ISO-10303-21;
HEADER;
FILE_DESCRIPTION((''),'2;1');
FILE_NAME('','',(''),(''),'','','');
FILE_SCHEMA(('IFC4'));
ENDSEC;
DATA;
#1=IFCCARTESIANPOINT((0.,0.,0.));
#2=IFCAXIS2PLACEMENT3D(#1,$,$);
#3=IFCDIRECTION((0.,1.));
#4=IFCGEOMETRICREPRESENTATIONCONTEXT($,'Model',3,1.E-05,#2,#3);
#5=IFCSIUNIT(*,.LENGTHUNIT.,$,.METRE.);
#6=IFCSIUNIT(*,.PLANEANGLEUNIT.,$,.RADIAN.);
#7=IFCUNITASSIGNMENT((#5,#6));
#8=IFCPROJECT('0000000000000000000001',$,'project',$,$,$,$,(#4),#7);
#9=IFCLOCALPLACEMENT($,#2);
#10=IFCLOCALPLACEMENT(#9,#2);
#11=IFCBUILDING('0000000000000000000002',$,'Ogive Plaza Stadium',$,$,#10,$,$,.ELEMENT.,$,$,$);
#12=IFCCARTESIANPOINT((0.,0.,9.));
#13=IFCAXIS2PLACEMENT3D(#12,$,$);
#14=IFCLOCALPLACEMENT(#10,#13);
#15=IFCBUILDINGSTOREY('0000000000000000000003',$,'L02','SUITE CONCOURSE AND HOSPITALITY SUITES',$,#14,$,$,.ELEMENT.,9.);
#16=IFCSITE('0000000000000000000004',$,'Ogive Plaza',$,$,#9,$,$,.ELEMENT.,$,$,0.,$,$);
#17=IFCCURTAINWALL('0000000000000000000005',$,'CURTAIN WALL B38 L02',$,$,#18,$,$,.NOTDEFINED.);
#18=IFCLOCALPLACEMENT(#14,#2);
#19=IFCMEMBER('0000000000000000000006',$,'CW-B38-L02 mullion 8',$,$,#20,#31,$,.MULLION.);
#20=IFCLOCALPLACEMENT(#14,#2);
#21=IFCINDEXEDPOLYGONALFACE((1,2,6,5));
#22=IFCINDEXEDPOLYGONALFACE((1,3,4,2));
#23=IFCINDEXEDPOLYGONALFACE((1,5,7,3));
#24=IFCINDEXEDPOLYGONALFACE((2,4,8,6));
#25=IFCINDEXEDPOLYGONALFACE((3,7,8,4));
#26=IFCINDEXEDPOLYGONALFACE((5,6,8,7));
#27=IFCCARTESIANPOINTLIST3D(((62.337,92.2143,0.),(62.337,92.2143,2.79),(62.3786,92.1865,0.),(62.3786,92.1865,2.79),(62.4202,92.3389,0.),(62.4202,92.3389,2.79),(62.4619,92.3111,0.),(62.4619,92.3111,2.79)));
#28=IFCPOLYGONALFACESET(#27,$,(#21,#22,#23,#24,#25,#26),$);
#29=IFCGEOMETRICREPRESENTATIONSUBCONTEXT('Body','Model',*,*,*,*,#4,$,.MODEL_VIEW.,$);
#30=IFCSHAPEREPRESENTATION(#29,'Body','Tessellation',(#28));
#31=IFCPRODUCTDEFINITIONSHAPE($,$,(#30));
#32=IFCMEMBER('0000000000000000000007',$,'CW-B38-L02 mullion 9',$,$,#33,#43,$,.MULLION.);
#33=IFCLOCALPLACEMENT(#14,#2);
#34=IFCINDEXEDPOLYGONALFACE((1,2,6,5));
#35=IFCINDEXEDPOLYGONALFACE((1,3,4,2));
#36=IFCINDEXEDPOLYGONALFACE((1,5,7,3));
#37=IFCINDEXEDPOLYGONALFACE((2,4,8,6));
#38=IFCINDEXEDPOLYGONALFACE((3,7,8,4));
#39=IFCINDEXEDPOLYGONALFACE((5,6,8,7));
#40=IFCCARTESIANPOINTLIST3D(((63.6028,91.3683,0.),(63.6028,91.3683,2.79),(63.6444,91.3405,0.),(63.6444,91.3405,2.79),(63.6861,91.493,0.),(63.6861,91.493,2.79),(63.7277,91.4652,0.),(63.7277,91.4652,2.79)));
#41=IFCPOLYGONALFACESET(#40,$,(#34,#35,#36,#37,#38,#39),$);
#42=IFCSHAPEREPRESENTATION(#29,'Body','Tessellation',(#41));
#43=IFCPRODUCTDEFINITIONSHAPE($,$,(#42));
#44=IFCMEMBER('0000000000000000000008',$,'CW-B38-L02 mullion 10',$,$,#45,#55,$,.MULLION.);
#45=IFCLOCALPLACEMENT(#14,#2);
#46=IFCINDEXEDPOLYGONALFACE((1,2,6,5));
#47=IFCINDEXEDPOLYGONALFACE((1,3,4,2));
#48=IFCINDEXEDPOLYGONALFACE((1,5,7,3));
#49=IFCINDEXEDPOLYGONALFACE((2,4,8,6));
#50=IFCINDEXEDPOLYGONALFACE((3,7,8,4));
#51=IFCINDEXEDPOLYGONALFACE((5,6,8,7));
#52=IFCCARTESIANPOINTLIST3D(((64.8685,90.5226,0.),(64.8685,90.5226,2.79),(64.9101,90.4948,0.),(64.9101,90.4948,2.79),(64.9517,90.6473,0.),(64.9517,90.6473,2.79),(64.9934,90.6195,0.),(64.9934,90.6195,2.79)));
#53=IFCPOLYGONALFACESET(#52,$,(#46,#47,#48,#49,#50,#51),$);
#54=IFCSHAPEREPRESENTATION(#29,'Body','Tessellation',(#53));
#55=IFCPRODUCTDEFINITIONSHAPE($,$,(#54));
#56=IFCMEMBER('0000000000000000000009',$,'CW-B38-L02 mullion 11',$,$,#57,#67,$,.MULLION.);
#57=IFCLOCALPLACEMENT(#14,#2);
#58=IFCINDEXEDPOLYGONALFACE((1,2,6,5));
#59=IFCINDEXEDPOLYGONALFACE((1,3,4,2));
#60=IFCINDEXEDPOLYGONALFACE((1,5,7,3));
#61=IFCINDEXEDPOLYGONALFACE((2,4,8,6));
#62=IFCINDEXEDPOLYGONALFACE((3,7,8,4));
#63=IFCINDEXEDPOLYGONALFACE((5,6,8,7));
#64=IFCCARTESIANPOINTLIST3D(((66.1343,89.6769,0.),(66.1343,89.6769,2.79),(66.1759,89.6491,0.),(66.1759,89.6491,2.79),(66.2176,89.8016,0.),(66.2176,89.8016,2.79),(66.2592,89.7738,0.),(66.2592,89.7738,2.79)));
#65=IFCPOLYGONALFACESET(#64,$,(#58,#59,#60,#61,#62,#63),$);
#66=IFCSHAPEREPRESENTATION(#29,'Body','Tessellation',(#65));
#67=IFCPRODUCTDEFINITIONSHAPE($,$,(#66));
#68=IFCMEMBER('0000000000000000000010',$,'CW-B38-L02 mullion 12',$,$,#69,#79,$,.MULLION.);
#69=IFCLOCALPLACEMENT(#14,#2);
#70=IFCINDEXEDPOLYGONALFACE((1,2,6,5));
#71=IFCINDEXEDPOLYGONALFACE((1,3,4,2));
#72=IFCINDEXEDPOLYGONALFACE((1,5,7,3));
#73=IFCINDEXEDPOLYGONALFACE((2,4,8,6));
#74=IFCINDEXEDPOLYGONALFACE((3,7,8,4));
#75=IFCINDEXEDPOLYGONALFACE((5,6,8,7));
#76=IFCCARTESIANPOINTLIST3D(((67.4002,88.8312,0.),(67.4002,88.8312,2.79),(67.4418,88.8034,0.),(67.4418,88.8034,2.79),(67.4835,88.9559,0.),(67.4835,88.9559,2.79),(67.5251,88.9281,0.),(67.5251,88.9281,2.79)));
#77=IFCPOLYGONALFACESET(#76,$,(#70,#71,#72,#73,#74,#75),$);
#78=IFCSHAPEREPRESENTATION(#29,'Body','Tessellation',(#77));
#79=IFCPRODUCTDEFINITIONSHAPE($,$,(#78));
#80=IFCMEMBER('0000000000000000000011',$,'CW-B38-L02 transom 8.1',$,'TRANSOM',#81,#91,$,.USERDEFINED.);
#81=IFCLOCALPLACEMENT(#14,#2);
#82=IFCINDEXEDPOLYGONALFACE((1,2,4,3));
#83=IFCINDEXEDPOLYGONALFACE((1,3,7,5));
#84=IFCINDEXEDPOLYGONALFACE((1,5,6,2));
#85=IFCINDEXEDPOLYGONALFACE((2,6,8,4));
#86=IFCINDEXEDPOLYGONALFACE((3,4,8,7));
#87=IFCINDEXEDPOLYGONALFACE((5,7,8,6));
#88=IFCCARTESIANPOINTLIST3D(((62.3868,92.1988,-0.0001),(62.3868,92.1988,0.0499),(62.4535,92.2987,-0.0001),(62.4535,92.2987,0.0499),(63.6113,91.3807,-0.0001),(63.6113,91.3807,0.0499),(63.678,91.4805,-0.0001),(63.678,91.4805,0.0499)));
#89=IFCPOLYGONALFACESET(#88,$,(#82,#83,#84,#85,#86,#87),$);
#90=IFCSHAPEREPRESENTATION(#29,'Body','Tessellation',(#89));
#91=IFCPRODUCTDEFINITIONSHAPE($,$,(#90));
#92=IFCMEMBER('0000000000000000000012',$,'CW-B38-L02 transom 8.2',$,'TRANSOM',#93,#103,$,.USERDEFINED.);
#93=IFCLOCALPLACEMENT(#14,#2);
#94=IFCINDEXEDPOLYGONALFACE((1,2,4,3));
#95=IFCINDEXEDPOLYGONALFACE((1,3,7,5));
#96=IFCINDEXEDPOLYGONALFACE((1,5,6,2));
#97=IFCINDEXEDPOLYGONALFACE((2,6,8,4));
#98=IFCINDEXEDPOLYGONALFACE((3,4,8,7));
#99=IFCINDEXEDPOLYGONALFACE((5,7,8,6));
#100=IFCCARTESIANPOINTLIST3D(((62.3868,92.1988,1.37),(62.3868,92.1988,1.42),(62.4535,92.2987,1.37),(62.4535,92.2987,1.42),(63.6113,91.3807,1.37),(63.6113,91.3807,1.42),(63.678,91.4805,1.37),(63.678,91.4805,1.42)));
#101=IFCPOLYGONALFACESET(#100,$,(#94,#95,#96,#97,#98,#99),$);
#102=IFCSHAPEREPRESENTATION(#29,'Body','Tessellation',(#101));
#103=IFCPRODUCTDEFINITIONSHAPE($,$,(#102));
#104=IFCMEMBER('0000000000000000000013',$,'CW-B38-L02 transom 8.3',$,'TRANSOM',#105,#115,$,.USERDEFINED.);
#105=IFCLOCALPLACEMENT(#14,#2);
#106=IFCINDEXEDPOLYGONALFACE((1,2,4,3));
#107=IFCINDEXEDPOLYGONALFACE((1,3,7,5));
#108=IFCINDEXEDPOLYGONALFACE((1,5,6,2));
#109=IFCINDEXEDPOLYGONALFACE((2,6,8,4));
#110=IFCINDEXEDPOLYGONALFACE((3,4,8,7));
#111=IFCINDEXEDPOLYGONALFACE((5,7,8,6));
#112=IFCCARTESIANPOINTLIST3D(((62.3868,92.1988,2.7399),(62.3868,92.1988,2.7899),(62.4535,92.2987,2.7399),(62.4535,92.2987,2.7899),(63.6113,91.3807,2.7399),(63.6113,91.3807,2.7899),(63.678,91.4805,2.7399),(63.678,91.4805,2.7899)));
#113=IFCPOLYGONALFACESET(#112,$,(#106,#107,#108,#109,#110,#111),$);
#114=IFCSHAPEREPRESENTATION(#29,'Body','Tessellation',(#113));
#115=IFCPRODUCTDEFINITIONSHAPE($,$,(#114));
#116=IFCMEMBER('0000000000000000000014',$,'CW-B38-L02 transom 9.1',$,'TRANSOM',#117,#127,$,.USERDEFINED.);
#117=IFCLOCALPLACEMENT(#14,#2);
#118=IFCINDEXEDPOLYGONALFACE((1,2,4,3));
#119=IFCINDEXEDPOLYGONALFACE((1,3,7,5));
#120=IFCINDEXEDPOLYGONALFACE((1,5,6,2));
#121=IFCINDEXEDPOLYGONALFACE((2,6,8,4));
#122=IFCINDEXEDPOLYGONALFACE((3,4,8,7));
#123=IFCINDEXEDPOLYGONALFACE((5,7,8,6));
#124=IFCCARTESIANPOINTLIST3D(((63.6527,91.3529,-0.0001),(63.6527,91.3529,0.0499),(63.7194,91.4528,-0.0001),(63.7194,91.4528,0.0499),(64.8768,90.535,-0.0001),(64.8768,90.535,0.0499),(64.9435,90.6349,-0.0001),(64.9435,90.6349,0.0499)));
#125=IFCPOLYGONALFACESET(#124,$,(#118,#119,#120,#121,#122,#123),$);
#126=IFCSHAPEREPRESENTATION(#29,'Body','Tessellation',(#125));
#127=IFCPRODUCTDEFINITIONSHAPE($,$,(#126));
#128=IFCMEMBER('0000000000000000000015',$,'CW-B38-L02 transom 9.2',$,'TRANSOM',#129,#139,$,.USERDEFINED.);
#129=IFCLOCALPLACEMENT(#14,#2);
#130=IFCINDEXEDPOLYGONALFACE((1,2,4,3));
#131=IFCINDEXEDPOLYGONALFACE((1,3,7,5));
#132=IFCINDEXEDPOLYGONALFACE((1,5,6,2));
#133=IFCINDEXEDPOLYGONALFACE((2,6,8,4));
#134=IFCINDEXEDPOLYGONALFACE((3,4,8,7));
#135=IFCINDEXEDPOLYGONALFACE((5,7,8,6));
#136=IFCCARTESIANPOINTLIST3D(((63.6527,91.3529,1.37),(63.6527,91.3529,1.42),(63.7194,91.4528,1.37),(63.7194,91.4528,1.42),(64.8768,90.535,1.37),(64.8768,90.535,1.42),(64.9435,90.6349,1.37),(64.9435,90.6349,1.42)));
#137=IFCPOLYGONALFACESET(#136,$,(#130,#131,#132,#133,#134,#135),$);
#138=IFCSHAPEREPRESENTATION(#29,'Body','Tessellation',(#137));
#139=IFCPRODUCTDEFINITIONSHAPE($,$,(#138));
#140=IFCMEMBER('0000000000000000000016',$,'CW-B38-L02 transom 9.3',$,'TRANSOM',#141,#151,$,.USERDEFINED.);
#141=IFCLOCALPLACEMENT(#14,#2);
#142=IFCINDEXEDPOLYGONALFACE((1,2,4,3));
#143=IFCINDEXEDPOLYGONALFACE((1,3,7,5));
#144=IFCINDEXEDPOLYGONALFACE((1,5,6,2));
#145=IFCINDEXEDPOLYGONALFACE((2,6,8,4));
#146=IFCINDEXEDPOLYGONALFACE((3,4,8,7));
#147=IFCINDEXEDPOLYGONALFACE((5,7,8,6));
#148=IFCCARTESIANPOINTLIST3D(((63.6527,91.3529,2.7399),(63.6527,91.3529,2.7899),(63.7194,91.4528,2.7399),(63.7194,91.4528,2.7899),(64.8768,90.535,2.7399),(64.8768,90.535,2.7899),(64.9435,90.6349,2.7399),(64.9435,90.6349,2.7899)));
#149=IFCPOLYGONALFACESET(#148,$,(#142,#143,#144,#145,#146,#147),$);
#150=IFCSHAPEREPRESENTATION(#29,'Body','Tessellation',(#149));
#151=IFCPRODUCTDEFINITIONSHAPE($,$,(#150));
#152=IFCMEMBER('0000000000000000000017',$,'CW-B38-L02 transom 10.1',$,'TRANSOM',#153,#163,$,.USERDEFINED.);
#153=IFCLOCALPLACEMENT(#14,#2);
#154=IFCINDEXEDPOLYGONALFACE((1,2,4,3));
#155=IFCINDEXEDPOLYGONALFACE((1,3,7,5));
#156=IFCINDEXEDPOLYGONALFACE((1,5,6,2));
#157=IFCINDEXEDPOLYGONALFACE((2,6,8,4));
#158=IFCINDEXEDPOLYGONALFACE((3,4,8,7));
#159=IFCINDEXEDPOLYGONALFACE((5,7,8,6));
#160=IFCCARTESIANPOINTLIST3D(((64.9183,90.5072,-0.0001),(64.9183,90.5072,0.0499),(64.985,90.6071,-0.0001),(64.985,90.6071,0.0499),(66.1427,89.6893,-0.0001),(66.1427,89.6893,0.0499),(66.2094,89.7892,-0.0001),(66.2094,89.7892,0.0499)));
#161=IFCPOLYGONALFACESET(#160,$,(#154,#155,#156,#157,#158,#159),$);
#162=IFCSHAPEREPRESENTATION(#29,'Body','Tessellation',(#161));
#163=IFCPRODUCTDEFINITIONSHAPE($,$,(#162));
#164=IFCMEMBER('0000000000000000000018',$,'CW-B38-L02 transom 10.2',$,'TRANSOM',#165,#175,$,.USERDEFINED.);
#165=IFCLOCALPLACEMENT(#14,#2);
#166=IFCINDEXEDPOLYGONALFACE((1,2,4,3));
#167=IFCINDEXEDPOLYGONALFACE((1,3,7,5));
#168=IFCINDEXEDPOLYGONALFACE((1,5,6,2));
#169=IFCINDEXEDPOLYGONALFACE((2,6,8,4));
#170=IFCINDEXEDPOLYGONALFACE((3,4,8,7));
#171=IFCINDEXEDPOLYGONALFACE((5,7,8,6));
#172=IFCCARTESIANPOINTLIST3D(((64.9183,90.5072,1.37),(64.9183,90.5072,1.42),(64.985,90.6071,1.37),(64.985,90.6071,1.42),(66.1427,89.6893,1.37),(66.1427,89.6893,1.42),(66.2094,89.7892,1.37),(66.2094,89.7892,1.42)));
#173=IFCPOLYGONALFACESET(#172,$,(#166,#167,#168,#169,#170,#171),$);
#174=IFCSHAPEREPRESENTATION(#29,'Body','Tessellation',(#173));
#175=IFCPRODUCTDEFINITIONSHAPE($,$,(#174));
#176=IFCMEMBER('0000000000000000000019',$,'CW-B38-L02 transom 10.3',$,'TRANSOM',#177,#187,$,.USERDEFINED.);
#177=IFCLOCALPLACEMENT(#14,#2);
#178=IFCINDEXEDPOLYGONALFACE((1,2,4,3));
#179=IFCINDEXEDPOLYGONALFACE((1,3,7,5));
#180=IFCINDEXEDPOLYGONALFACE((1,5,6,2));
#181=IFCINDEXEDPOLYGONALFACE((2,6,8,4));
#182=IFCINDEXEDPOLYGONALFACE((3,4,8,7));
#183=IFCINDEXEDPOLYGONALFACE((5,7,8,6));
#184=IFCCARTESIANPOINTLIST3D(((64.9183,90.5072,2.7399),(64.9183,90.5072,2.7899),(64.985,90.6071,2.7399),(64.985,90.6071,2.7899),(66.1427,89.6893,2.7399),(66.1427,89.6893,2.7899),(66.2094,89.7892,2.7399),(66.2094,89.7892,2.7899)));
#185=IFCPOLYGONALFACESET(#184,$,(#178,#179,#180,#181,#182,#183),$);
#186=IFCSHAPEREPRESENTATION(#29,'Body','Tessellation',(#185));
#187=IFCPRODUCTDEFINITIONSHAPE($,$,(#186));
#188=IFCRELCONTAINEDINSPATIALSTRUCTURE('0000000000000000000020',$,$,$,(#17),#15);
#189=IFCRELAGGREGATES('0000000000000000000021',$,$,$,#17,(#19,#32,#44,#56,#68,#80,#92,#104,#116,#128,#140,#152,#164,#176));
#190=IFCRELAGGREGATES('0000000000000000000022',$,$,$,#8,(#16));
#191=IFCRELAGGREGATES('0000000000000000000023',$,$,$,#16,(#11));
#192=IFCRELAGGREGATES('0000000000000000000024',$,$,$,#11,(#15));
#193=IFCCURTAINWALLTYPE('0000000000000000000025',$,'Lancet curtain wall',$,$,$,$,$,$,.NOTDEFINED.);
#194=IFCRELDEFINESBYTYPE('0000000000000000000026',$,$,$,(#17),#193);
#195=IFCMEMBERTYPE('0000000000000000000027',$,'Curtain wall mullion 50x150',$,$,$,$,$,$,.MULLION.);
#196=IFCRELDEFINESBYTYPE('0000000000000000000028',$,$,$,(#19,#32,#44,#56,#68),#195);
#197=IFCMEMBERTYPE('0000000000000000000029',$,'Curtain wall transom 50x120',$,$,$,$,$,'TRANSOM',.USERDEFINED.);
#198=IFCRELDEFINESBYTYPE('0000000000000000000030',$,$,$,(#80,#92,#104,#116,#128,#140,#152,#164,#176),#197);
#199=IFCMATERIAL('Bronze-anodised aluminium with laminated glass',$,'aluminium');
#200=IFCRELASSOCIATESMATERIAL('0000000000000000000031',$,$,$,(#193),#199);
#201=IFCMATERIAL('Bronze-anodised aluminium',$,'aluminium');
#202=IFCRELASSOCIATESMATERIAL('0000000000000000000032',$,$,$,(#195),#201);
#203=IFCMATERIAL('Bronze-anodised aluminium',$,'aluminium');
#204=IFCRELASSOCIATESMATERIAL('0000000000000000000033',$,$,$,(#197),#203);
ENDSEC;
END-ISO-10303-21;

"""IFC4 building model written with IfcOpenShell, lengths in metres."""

from ifc_helpers import new_model, si_unit, direction, frame, origin, origin_2d, place, context, subcontext, project, spatial, rectangle, extrude, material, material_profile, profile_set, type_object, element, aggregate, save


model = new_model("IFC4")

# Units and contexts
model_context = context("Model", 3, precision=1e-05, world=origin(), true_north=direction((0.0, 1.0)))
body_context = subcontext(model_context, "Body", "Model", "MODEL_VIEW")
ifc_project = project(units=[si_unit("LENGTHUNIT", "METRE"), si_unit("PLANEANGLEUNIT", "RADIAN")], contexts=[model_context])

# Site, building, storey
site_placement = place(None, origin())
site = spatial("IfcSite", under=ifc_project, at=site_placement, Name="Ogive Plaza", CompositionType="ELEMENT", RefElevation=0.0)
building_placement = place(site_placement, origin())
building = spatial("IfcBuilding", under=site, at=building_placement, Name="Ogive Plaza Stadium", CompositionType="ELEMENT")
storey_placement = place(building_placement, frame((0.0, 0.0, 9.0)))
storey = spatial("IfcBuildingStorey", under=building, at=storey_placement, Name="L02", Description="SUITE CONCOURSE AND HOSPITALITY SUITES", CompositionType="ELEMENT", Elevation=9.0)

# Curtain wall, members
ifc_material_1 = material(Name="Bronze-anodised aluminium with laminated glass", Category="aluminium")
curtain_wall_type = type_object("IfcCurtainWallType", Name="Lancet curtain wall", PredefinedType="NOTDEFINED", material=ifc_material_1)
curtain_wall_placement = place(storey_placement, origin())
curtain_wall = element("IfcCurtainWall", 1, at=curtain_wall_placement, inside=storey, type_object=curtain_wall_type, Name="CURTAIN WALL B38 L02", PredefinedType="NOTDEFINED")
ifc_material_2 = material(Name="Bronze-anodised aluminium", Category="aluminium")
ifc_material_profile_1 = material_profile(ifc_material_2, rectangle(XDim=0.1499, YDim=0.05, at=origin_2d()), Name="AL 150x50")
ifc_profile_set_1 = profile_set([ifc_material_profile_1], Name="Bronze-anodised aluminium")
member_type_1 = type_object("IfcMemberType", Name="Curtain wall mullion 50x150", PredefinedType="MULLION", material=ifc_profile_set_1)
member_1_placement = place(storey_placement, frame((62.3994, 92.2627, 0.0), z_axis=(0.0, 0.0, 1.0), x_axis=(0.55557, 0.83147, 0.0)))
member_1 = element("IfcMember", 2, at=member_1_placement, type_object=member_type_1, Name="CW-B38-L02 mullion 8", PredefinedType="MULLION", context=body_context, shape_type="SweptSolid", body=[
    extrude(rectangle(XDim=0.1499, YDim=0.05, at=origin_2d()), origin(), (0.0, 0.0, 1.0), 2.79),
])
member_2_placement = place(storey_placement, frame((63.6653, 91.4167, 0.0), z_axis=(0.0, 0.0, 1.0), x_axis=(0.55557, 0.83147, 0.0)))
member_2 = element("IfcMember", 3, at=member_2_placement, type_object=member_type_1, Name="CW-B38-L02 mullion 9", PredefinedType="MULLION", context=body_context, shape_type="SweptSolid", body=[
    extrude(rectangle(XDim=0.1499, YDim=0.05, at=origin_2d()), origin(), (0.0, 0.0, 1.0), 2.79),
])
member_3_placement = place(storey_placement, frame((64.9309, 90.571, 0.0), z_axis=(0.0, 0.0, 1.0), x_axis=(0.55557, 0.83147, 0.0)))
member_3 = element("IfcMember", 4, at=member_3_placement, type_object=member_type_1, Name="CW-B38-L02 mullion 10", PredefinedType="MULLION", context=body_context, shape_type="SweptSolid", body=[
    extrude(rectangle(XDim=0.1499, YDim=0.05, at=origin_2d()), origin(), (0.0, 0.0, 1.0), 2.79),
])
member_4_placement = place(storey_placement, frame((66.1968, 89.7253, 0.0), z_axis=(0.0, 0.0, 1.0), x_axis=(0.55557, 0.83147, 0.0)))
member_4 = element("IfcMember", 5, at=member_4_placement, type_object=member_type_1, Name="CW-B38-L02 mullion 11", PredefinedType="MULLION", context=body_context, shape_type="SweptSolid", body=[
    extrude(rectangle(XDim=0.1499, YDim=0.05, at=origin_2d()), origin(), (0.0, 0.0, 1.0), 2.79),
])
member_5_placement = place(storey_placement, frame((67.4626, 88.8796, 0.0), z_axis=(0.0, 0.0, 1.0), x_axis=(0.55557, 0.83147, 0.0)))
member_5 = element("IfcMember", 6, at=member_5_placement, type_object=member_type_1, Name="CW-B38-L02 mullion 12", PredefinedType="MULLION", context=body_context, shape_type="SweptSolid", body=[
    extrude(rectangle(XDim=0.1499, YDim=0.05, at=origin_2d()), origin(), (0.0, 0.0, 1.0), 2.79),
])
ifc_material_3 = material(Name="Bronze-anodised aluminium", Category="aluminium")
ifc_material_profile_2 = material_profile(ifc_material_3, rectangle(XDim=0.1201, YDim=0.05, at=origin_2d()), Name="AL 120x50")
ifc_profile_set_2 = profile_set([ifc_material_profile_2], Name="Bronze-anodised aluminium")
member_type_2 = type_object("IfcMemberType", Name="Curtain wall transom 50x120", ElementType="TRANSOM", PredefinedType="USERDEFINED", material=ifc_profile_set_2)
member_6_placement = place(storey_placement, frame((62.4202, 92.2488, 0.0249), z_axis=(0.831463, -0.55558, 0.0), x_axis=(0.55558, 0.831463, 0.0)))
member_6 = element("IfcMember", 7, at=member_6_placement, type_object=member_type_2, Name="CW-B38-L02 transom 8.1", ObjectType="TRANSOM", PredefinedType="USERDEFINED", context=body_context, shape_type="SweptSolid", body=[
    extrude(rectangle(XDim=0.1201, YDim=0.05, at=origin_2d()), origin(), (0.0, 0.0, 1.0), 1.4727),
])
member_7_placement = place(storey_placement, frame((62.4202, 92.2488, 1.395), z_axis=(0.831463, -0.55558, 0.0), x_axis=(0.55558, 0.831463, 0.0)))
member_7 = element("IfcMember", 8, at=member_7_placement, type_object=member_type_2, Name="CW-B38-L02 transom 8.2", ObjectType="TRANSOM", PredefinedType="USERDEFINED", context=body_context, shape_type="SweptSolid", body=[
    extrude(rectangle(XDim=0.1201, YDim=0.05, at=origin_2d()), origin(), (0.0, 0.0, 1.0), 1.4727),
])
member_8_placement = place(storey_placement, frame((62.4202, 92.2488, 2.7649), z_axis=(0.831463, -0.55558, 0.0), x_axis=(0.55558, 0.831463, 0.0)))
member_8 = element("IfcMember", 9, at=member_8_placement, type_object=member_type_2, Name="CW-B38-L02 transom 8.3", ObjectType="TRANSOM", PredefinedType="USERDEFINED", context=body_context, shape_type="SweptSolid", body=[
    extrude(rectangle(XDim=0.1201, YDim=0.05, at=origin_2d()), origin(), (0.0, 0.0, 1.0), 1.4727),
])
member_9_placement = place(storey_placement, frame((63.686, 91.4028, 0.0249), z_axis=(0.831489, -0.555542, 0.0), x_axis=(0.555542, 0.831489, 0.0)))
member_9 = element("IfcMember", 10, at=member_9_placement, type_object=member_type_2, Name="CW-B38-L02 transom 9.1", ObjectType="TRANSOM", PredefinedType="USERDEFINED", context=body_context, shape_type="SweptSolid", body=[
    extrude(rectangle(XDim=0.1201, YDim=0.05, at=origin_2d()), origin(), (0.0, 0.0, 1.0), 1.4722),
])
member_10_placement = place(storey_placement, frame((63.686, 91.4028, 1.395), z_axis=(0.831489, -0.555542, 0.0), x_axis=(0.555542, 0.831489, 0.0)))
member_10 = element("IfcMember", 11, at=member_10_placement, type_object=member_type_2, Name="CW-B38-L02 transom 9.2", ObjectType="TRANSOM", PredefinedType="USERDEFINED", context=body_context, shape_type="SweptSolid", body=[
    extrude(rectangle(XDim=0.1201, YDim=0.05, at=origin_2d()), origin(), (0.0, 0.0, 1.0), 1.4722),
])
member_11_placement = place(storey_placement, frame((63.686, 91.4028, 2.7649), z_axis=(0.831489, -0.555542, 0.0), x_axis=(0.555542, 0.831489, 0.0)))
member_11 = element("IfcMember", 12, at=member_11_placement, type_object=member_type_2, Name="CW-B38-L02 transom 9.3", ObjectType="TRANSOM", PredefinedType="USERDEFINED", context=body_context, shape_type="SweptSolid", body=[
    extrude(rectangle(XDim=0.1201, YDim=0.05, at=origin_2d()), origin(), (0.0, 0.0, 1.0), 1.4722),
])
member_12_placement = place(storey_placement, frame((64.9517, 90.5571, 0.0249), z_axis=(0.83154, -0.555465, 0.0), x_axis=(0.555465, 0.83154, 0.0)))
member_12 = element("IfcMember", 13, at=member_12_placement, type_object=member_type_2, Name="CW-B38-L02 transom 10.1", ObjectType="TRANSOM", PredefinedType="USERDEFINED", context=body_context, shape_type="SweptSolid", body=[
    extrude(rectangle(XDim=0.1201, YDim=0.05, at=origin_2d()), origin(), (0.0, 0.0, 1.0), 1.4724),
])
member_13_placement = place(storey_placement, frame((64.9517, 90.5571, 1.395), z_axis=(0.83154, -0.555465, 0.0), x_axis=(0.555465, 0.83154, 0.0)))
member_13 = element("IfcMember", 14, at=member_13_placement, type_object=member_type_2, Name="CW-B38-L02 transom 10.2", ObjectType="TRANSOM", PredefinedType="USERDEFINED", context=body_context, shape_type="SweptSolid", body=[
    extrude(rectangle(XDim=0.1201, YDim=0.05, at=origin_2d()), origin(), (0.0, 0.0, 1.0), 1.4724),
])
member_14_placement = place(storey_placement, frame((64.9517, 90.5571, 2.7649), z_axis=(0.83154, -0.555465, 0.0), x_axis=(0.555465, 0.83154, 0.0)))
member_14 = element("IfcMember", 15, at=member_14_placement, type_object=member_type_2, Name="CW-B38-L02 transom 10.3", ObjectType="TRANSOM", PredefinedType="USERDEFINED", context=body_context, shape_type="SweptSolid", body=[
    extrude(rectangle(XDim=0.1201, YDim=0.05, at=origin_2d()), origin(), (0.0, 0.0, 1.0), 1.4724),
])
aggregate(curtain_wall, [member_1, member_2, member_3, member_4, member_5, member_6, member_7, member_8, member_9, member_10, member_11, member_12, member_13, member_14])

save(model, "model.ifc")
